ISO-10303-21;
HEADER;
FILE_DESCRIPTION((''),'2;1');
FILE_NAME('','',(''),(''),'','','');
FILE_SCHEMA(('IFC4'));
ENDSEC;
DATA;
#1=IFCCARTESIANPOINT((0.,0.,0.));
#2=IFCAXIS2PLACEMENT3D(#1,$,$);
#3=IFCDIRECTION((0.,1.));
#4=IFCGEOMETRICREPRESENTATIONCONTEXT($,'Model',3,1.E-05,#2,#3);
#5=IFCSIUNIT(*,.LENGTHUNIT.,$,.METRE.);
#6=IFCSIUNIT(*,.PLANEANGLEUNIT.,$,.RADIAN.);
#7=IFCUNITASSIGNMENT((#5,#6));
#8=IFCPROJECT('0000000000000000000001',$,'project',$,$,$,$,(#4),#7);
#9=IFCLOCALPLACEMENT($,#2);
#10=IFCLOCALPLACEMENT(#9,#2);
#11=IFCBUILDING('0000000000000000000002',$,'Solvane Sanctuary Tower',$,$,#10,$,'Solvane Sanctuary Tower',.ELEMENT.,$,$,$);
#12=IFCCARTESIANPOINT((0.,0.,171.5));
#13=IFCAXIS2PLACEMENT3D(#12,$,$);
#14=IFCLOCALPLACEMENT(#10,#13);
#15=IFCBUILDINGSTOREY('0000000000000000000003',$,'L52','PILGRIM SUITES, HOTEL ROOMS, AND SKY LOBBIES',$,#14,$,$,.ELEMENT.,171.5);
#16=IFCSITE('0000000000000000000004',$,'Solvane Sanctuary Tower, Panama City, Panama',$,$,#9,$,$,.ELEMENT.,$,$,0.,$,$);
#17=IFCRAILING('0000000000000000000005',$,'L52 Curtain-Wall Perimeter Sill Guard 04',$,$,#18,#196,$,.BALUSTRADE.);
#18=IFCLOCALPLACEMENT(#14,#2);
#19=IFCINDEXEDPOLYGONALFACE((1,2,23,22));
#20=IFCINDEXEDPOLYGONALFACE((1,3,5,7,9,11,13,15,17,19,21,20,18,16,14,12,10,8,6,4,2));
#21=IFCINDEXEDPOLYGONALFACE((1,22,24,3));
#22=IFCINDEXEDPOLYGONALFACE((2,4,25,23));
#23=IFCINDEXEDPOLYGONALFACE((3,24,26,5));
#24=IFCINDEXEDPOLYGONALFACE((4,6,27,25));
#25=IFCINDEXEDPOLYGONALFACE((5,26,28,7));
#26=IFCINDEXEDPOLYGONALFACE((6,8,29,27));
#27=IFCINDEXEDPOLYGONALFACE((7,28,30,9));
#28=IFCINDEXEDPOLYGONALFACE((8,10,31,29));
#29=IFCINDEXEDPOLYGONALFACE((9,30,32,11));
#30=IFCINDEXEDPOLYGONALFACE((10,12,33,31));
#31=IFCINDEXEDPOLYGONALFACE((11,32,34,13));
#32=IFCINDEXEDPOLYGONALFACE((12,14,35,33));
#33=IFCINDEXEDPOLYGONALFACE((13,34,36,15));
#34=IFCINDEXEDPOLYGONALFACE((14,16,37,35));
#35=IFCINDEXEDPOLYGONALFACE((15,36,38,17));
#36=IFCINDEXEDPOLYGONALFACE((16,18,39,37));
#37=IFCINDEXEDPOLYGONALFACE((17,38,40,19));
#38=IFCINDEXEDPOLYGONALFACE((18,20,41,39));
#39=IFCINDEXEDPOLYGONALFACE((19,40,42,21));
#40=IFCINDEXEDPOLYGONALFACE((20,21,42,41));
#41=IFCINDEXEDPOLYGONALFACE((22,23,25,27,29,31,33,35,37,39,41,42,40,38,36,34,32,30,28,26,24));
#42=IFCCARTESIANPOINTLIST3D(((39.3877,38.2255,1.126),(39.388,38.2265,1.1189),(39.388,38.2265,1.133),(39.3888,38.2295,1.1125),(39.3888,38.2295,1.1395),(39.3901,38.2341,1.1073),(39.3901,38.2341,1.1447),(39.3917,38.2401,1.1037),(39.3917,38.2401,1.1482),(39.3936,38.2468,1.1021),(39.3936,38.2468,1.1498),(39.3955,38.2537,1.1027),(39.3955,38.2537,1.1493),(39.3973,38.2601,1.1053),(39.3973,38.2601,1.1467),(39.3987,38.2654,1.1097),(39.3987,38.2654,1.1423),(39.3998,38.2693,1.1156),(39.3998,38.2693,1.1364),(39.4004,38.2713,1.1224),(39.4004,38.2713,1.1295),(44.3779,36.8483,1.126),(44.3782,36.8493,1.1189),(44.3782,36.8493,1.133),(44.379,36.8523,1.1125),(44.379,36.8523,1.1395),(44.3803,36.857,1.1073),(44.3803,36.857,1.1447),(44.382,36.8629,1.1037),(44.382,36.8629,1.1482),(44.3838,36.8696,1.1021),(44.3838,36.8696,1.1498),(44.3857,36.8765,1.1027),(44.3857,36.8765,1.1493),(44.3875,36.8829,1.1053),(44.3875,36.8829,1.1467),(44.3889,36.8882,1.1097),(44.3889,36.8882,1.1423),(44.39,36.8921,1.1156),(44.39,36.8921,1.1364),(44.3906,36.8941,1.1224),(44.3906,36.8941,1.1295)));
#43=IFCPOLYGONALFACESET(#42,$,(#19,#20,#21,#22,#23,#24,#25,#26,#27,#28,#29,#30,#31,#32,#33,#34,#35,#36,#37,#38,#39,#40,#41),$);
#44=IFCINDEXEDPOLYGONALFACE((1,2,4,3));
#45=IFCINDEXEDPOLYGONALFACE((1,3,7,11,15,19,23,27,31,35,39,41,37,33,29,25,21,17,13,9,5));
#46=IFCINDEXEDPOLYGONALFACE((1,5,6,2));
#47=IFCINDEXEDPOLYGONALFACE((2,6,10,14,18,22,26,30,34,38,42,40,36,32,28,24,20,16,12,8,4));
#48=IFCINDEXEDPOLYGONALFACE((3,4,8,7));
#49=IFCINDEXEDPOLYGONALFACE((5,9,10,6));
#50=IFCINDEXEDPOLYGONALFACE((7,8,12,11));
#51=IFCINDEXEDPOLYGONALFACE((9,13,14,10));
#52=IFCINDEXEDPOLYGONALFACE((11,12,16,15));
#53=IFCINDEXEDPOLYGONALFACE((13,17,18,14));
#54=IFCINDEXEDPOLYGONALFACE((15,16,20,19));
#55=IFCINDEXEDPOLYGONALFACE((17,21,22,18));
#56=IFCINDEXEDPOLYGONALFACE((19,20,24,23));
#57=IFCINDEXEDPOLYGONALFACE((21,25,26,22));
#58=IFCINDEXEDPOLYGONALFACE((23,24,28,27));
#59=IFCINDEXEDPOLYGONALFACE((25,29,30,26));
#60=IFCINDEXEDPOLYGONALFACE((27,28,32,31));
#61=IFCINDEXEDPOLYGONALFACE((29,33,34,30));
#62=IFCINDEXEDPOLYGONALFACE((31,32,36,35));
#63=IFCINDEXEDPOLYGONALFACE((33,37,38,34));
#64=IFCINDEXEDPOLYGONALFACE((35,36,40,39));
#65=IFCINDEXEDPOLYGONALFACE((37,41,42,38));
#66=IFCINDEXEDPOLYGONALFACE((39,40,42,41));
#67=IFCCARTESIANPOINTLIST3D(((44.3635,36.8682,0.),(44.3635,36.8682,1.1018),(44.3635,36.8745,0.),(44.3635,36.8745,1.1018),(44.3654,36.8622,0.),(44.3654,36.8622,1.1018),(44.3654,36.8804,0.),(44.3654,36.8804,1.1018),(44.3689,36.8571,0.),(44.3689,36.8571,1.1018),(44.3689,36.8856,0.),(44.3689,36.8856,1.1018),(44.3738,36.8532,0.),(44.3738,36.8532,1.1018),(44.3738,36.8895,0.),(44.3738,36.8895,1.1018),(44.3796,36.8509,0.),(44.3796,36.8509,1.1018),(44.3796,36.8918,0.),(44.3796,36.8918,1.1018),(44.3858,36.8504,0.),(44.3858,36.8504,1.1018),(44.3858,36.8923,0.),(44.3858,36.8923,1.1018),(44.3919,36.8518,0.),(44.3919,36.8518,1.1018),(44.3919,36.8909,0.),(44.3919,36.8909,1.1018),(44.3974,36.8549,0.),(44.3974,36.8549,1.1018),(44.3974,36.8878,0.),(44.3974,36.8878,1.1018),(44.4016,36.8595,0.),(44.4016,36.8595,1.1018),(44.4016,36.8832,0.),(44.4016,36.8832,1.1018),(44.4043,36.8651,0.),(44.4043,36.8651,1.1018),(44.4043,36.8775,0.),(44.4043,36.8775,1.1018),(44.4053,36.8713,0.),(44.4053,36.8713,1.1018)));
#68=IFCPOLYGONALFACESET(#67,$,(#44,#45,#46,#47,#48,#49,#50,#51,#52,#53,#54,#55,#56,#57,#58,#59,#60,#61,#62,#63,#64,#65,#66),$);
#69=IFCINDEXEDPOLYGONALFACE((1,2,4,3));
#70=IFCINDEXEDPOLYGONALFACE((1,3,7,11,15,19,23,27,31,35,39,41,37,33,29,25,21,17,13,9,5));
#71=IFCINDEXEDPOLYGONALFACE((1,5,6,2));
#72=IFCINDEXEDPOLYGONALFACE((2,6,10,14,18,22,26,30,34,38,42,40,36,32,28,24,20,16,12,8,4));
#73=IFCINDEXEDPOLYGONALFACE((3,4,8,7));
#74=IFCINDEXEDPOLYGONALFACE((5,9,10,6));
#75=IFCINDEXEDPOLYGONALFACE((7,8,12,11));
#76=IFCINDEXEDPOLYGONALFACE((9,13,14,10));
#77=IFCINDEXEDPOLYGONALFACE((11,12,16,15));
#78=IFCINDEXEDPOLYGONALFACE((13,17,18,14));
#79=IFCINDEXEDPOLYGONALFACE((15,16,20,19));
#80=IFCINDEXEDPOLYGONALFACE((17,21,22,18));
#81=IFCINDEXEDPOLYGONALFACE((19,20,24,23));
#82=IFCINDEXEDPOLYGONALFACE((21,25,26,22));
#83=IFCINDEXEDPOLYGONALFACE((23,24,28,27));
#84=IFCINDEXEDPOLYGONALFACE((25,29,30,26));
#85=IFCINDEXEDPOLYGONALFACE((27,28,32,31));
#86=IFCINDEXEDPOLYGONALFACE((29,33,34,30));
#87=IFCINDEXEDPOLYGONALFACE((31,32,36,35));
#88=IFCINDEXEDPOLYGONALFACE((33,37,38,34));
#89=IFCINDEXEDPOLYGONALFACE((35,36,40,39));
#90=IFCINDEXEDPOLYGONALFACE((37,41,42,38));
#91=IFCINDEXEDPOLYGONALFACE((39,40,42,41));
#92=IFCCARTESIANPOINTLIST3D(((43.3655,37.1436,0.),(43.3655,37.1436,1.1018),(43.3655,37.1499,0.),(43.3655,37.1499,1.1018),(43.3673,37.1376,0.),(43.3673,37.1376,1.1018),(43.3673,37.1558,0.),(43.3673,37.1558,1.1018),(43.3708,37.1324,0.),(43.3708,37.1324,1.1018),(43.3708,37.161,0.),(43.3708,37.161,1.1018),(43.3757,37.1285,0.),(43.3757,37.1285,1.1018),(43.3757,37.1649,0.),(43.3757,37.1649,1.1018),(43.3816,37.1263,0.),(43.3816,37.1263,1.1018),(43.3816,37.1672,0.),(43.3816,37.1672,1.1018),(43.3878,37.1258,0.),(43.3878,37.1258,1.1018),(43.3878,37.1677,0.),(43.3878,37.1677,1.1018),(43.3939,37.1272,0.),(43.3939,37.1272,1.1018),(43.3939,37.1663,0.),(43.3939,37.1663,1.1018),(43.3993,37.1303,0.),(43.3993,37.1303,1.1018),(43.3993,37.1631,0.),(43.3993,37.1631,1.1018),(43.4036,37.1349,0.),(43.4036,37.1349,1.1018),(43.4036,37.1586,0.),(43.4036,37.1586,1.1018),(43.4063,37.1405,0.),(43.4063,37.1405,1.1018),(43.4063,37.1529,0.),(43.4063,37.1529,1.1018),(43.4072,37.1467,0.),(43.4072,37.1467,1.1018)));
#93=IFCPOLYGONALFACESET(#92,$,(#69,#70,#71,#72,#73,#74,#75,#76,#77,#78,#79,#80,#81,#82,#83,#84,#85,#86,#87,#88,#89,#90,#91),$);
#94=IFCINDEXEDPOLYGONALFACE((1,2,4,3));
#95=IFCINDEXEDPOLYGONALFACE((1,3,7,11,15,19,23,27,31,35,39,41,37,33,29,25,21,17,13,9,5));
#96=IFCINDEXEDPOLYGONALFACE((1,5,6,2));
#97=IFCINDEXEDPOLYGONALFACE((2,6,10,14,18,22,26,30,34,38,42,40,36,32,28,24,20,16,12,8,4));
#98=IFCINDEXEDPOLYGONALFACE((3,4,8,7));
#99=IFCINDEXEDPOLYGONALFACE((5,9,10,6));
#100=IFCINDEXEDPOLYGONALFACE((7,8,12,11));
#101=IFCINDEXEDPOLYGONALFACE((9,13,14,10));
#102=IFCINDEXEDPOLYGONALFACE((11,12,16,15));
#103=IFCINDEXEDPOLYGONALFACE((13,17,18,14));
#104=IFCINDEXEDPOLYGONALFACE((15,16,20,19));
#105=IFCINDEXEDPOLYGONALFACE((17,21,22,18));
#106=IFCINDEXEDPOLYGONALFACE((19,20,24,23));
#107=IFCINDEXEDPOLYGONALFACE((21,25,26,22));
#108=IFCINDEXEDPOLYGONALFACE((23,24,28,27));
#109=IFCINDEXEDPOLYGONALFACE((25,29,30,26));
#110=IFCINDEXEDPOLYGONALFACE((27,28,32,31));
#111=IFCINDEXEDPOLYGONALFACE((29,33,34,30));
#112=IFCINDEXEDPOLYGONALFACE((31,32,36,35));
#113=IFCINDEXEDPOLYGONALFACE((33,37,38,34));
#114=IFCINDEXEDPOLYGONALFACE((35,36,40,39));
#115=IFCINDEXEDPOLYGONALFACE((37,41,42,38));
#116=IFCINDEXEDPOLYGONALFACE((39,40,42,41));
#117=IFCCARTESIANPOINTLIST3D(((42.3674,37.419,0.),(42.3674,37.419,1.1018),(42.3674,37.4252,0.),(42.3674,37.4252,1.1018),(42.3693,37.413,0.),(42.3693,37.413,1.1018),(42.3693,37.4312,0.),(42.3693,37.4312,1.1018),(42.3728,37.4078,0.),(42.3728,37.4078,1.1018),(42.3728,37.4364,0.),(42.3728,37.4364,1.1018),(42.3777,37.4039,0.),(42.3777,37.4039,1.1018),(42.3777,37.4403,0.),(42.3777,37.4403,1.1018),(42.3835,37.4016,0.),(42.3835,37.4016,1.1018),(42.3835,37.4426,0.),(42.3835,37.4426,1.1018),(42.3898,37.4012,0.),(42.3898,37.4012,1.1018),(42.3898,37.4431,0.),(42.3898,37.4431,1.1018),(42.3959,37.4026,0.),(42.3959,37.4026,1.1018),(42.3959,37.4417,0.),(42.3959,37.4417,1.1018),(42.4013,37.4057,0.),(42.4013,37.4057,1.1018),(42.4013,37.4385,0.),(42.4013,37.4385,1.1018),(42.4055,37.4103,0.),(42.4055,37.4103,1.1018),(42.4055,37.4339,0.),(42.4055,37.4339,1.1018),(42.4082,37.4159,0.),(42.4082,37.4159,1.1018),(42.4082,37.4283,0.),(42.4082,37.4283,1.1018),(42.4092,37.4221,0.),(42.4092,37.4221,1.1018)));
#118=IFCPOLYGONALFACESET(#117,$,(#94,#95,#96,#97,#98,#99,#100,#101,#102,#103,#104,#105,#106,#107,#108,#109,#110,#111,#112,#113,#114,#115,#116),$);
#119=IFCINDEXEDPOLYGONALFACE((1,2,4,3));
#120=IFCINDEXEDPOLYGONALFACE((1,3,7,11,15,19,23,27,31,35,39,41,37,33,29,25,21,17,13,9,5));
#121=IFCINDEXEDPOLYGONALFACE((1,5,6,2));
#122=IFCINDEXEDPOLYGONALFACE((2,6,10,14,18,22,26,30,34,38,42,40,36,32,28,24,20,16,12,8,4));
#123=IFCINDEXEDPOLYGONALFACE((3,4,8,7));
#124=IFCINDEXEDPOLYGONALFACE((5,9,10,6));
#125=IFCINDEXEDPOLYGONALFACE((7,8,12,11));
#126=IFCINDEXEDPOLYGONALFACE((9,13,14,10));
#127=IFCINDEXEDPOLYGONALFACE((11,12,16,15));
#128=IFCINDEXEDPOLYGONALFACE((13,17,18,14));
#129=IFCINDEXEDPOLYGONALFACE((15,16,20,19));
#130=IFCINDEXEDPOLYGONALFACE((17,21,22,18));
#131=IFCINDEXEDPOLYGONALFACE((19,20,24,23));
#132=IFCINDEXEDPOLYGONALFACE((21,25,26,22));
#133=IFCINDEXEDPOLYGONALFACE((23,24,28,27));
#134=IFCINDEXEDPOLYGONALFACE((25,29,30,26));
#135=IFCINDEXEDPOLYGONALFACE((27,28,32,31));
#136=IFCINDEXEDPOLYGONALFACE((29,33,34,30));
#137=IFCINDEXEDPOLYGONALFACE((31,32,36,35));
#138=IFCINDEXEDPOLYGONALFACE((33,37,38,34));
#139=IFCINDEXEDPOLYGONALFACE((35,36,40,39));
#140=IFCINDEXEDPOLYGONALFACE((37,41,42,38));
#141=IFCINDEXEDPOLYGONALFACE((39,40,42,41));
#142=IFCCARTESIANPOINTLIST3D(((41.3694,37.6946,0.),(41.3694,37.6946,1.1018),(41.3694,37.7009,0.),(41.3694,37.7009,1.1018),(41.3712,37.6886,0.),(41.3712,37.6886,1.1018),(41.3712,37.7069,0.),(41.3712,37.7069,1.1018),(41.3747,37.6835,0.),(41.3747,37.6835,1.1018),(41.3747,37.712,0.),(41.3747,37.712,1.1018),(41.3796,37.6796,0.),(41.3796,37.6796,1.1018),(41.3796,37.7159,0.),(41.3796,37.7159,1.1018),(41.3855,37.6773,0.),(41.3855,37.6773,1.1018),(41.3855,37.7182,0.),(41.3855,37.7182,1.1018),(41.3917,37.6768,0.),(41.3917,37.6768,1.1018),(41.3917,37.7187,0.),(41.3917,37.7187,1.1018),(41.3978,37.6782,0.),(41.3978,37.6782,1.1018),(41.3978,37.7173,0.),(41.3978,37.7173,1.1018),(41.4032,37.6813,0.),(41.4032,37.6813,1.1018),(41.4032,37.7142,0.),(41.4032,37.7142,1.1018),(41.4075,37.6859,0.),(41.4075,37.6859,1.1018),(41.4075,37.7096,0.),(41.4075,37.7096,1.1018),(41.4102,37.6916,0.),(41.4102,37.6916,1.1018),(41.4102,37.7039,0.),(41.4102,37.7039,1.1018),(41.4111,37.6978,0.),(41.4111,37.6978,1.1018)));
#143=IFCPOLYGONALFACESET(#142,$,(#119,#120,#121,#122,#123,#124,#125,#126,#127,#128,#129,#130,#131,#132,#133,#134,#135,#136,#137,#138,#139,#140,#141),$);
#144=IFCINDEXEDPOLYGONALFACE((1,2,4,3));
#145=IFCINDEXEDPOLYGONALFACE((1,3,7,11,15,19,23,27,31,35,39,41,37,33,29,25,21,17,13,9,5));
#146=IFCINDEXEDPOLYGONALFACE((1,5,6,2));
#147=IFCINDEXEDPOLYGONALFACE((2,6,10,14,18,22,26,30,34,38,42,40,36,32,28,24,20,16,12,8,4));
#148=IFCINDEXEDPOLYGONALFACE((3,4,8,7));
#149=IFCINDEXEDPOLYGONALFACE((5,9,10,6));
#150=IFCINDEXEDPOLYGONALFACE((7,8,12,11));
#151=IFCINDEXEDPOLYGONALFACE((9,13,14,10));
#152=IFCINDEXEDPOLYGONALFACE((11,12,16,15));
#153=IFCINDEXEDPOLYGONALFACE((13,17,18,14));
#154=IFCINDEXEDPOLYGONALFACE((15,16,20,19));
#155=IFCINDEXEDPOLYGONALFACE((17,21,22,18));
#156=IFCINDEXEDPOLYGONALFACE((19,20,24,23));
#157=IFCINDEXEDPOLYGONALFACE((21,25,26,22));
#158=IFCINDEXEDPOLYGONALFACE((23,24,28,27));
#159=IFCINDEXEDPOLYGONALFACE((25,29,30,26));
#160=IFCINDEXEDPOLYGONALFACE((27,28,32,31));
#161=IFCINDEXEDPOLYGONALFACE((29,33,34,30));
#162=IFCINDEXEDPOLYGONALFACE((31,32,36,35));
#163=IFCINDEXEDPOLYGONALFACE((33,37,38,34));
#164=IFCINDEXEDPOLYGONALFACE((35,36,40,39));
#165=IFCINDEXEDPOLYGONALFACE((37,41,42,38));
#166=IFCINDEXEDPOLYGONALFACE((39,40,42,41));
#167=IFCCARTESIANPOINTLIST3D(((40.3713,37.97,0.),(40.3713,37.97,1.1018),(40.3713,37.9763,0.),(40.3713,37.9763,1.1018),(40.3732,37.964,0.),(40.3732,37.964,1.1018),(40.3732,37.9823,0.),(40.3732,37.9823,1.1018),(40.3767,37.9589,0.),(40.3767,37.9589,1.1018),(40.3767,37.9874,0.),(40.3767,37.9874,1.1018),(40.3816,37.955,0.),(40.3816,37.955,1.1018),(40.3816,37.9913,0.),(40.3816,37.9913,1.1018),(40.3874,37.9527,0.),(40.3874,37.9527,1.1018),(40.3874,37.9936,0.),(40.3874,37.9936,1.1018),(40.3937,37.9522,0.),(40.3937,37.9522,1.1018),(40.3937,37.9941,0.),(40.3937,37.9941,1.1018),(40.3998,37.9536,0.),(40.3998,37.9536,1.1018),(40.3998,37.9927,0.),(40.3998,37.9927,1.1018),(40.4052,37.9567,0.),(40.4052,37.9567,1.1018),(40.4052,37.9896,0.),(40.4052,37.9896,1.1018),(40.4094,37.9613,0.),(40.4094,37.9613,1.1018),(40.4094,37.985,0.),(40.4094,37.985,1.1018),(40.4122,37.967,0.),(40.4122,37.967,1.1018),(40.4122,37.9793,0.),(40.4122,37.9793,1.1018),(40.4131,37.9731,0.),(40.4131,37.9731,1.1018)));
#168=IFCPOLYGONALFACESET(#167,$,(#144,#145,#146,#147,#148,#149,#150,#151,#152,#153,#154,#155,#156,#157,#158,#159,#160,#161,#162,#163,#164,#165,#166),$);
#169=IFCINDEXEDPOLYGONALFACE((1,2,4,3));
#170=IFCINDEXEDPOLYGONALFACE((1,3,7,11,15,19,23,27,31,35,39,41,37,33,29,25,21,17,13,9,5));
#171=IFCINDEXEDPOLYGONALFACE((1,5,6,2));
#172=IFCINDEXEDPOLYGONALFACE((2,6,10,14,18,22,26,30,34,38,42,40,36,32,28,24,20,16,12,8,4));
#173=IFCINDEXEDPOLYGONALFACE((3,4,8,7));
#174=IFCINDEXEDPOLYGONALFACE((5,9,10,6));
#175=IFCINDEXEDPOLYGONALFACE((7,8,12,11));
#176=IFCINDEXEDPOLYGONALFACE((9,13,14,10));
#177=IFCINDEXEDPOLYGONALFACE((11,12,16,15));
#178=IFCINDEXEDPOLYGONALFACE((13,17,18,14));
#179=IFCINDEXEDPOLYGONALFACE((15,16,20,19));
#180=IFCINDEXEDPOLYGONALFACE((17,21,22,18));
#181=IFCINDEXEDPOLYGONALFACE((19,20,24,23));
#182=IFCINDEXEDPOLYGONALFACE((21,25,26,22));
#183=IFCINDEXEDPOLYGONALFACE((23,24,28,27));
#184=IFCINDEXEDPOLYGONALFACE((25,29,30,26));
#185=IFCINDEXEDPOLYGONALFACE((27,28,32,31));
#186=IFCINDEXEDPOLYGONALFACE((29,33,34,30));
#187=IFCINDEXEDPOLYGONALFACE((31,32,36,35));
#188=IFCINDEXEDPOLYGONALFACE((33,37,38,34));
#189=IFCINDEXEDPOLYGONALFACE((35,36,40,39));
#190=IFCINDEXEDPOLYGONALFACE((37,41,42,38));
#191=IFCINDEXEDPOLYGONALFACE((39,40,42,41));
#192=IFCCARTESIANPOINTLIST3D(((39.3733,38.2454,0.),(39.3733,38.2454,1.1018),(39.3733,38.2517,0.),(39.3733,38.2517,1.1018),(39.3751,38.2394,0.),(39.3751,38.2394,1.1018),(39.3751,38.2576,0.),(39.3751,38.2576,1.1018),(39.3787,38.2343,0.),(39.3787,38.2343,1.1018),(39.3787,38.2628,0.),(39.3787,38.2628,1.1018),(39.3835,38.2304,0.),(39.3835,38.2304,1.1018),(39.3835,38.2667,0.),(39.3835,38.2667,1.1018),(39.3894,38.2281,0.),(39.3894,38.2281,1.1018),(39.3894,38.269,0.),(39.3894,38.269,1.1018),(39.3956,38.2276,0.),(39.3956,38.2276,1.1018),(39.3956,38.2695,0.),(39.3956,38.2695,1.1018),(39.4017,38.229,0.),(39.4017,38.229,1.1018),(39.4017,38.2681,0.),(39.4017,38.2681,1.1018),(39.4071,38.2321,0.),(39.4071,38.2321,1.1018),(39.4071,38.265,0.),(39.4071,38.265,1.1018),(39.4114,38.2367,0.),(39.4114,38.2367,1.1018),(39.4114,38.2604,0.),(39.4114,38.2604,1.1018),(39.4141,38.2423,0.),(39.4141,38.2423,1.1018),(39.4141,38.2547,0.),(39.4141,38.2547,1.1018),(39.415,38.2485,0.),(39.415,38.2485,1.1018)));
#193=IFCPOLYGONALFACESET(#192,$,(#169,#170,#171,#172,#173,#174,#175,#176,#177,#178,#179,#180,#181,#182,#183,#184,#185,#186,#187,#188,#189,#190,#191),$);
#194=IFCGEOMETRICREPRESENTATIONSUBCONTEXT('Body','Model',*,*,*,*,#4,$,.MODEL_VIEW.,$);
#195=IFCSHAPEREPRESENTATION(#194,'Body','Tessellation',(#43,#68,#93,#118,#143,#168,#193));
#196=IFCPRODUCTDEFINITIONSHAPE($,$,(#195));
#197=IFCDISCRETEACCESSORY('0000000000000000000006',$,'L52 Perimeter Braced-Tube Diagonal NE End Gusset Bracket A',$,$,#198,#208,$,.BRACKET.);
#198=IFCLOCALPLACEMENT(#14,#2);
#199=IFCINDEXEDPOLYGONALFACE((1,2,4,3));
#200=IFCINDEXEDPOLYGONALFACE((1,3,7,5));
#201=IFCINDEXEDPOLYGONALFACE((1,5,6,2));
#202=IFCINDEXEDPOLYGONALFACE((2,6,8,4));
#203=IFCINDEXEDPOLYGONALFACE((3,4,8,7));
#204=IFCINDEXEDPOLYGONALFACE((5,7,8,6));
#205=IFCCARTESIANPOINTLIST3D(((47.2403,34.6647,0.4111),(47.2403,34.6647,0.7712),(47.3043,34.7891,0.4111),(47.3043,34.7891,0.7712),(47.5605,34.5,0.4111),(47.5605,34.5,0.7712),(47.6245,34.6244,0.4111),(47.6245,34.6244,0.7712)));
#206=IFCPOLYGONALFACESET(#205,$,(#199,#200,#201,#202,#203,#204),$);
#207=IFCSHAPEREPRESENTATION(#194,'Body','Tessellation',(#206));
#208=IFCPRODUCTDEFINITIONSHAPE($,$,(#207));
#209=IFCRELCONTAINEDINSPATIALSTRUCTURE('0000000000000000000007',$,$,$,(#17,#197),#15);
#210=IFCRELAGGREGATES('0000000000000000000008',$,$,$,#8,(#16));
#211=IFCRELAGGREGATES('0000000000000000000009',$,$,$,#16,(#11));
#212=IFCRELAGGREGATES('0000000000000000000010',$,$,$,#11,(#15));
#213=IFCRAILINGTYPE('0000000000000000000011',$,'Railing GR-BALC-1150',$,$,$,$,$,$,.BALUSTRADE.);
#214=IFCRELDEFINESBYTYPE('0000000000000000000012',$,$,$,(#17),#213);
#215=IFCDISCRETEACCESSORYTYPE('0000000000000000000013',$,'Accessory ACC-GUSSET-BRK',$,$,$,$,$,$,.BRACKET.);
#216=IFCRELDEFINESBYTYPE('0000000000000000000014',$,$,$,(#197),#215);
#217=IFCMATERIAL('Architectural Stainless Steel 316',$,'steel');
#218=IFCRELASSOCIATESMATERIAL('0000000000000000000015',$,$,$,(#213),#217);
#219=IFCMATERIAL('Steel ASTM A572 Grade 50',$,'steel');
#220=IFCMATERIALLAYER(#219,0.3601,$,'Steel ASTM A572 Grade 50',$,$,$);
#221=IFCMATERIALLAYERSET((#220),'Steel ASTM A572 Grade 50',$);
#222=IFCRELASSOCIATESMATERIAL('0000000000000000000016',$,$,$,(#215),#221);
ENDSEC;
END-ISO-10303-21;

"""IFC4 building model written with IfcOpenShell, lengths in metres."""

from ifc_helpers import new_model, si_unit, direction, frame, origin, origin_2d, place, context, subcontext, project, spatial, rectangle, circle, extrude, material, layer, layer_set, type_object, element, save


model = new_model("IFC4")

# Units and contexts
model_context = context("Model", 3, precision=1e-05, world=origin(), true_north=direction((0.0, 1.0)))
body_context = subcontext(model_context, "Body", "Model", "MODEL_VIEW")
ifc_project = project(units=[si_unit("LENGTHUNIT", "METRE"), si_unit("PLANEANGLEUNIT", "RADIAN")], contexts=[model_context])

# Site, building, storey
site_placement = place(None, origin())
site = spatial("IfcSite", under=ifc_project, at=site_placement, Name="Solvane Sanctuary Tower, Panama City, Panama", CompositionType="ELEMENT", RefElevation=0.0)
building_placement = place(site_placement, origin())
building = spatial("IfcBuilding", under=site, at=building_placement, Name="Solvane Sanctuary Tower", LongName="Solvane Sanctuary Tower", CompositionType="ELEMENT")
storey_placement = place(building_placement, frame((0.0, 0.0, 171.5)))
storey = spatial("IfcBuildingStorey", under=building, at=storey_placement, Name="L52", Description="PILGRIM SUITES, HOTEL ROOMS, AND SKY LOBBIES", CompositionType="ELEMENT", Elevation=171.5)

# Shared definitions
ifc_material_1 = material(Name="Architectural Stainless Steel 316", Category="steel")

# Railing
railing_type = type_object("IfcRailingType", Name="Railing GR-BALC-1150", PredefinedType="BALUSTRADE", material=ifc_material_1)
railing_placement = place(storey_placement, frame((44.3843, 36.8713, 0.0)))
element("IfcRailing", 1, at=railing_placement, inside=storey, type_object=railing_type, Name="L52 Curtain-Wall Perimeter Sill Guard 04", PredefinedType="BALUSTRADE", context=body_context, shape_type="SweptSolid", body=[
    extrude(circle(Radius=0.0239, at=origin_2d()), frame((0.0, 0.0, 1.126), z_axis=(-0.963964, 0.266033, 0.0), x_axis=(-0.266033, -0.963964, 0.0)), (0.0, 0.0, 1.0), 5.1768),
    extrude(circle(Radius=0.021, at=origin_2d()), origin(), (0.0, 0.0, 1.0), 1.1018),
    extrude(circle(Radius=0.021, at=origin_2d()), frame((-0.998, 0.2754, 0.0)), (0.0, 0.0, 1.0), 1.1018),
    extrude(circle(Radius=0.021, at=origin_2d()), frame((-1.9961, 0.5508, 0.0)), (0.0, 0.0, 1.0), 1.1018),
    extrude(circle(Radius=0.021, at=origin_2d()), frame((-2.9941, 0.8264, 0.0)), (0.0, 0.0, 1.0), 1.1018),
    extrude(circle(Radius=0.021, at=origin_2d()), frame((-3.9922, 1.1018, 0.0)), (0.0, 0.0, 1.0), 1.1018),
    extrude(circle(Radius=0.021, at=origin_2d()), frame((-4.9902, 1.3772, 0.0)), (0.0, 0.0, 1.0), 1.1018),
])

# Discrete accessory
ifc_material_2 = material(Name="Steel ASTM A572 Grade 50", Category="steel")
ifc_layer_1 = layer(ifc_material_2, 0.3601, Name="Steel ASTM A572 Grade 50")
ifc_layer_set_1 = layer_set([ifc_layer_1], Name="Steel ASTM A572 Grade 50")
discrete_accessory_type = type_object("IfcDiscreteAccessoryType", Name="Accessory ACC-GUSSET-BRK", PredefinedType="BRACKET", material=ifc_layer_set_1)
for number, where, z_axis, x_axis, name in (
    (2, (47.4324, 34.6445, 0.4111), (0.0, 0.0, 1.0), (-0.889257, 0.457408, 0.0), "L52 Perimeter Braced-Tube Diagonal NE End Gusset Bracket A"),
):
    element("IfcDiscreteAccessory", number, at=place(storey_placement, frame(where, z_axis=z_axis, x_axis=x_axis)), inside=storey, type_object=discrete_accessory_type, Name=name, PredefinedType="BRACKET", context=body_context, shape_type="SweptSolid", body=[
        extrude(rectangle(XDim=0.3601, YDim=0.1399, at=origin_2d()), origin(), (0.0, 0.0, 1.0), 0.3601),
    ])

save(model, "model.ifc")
